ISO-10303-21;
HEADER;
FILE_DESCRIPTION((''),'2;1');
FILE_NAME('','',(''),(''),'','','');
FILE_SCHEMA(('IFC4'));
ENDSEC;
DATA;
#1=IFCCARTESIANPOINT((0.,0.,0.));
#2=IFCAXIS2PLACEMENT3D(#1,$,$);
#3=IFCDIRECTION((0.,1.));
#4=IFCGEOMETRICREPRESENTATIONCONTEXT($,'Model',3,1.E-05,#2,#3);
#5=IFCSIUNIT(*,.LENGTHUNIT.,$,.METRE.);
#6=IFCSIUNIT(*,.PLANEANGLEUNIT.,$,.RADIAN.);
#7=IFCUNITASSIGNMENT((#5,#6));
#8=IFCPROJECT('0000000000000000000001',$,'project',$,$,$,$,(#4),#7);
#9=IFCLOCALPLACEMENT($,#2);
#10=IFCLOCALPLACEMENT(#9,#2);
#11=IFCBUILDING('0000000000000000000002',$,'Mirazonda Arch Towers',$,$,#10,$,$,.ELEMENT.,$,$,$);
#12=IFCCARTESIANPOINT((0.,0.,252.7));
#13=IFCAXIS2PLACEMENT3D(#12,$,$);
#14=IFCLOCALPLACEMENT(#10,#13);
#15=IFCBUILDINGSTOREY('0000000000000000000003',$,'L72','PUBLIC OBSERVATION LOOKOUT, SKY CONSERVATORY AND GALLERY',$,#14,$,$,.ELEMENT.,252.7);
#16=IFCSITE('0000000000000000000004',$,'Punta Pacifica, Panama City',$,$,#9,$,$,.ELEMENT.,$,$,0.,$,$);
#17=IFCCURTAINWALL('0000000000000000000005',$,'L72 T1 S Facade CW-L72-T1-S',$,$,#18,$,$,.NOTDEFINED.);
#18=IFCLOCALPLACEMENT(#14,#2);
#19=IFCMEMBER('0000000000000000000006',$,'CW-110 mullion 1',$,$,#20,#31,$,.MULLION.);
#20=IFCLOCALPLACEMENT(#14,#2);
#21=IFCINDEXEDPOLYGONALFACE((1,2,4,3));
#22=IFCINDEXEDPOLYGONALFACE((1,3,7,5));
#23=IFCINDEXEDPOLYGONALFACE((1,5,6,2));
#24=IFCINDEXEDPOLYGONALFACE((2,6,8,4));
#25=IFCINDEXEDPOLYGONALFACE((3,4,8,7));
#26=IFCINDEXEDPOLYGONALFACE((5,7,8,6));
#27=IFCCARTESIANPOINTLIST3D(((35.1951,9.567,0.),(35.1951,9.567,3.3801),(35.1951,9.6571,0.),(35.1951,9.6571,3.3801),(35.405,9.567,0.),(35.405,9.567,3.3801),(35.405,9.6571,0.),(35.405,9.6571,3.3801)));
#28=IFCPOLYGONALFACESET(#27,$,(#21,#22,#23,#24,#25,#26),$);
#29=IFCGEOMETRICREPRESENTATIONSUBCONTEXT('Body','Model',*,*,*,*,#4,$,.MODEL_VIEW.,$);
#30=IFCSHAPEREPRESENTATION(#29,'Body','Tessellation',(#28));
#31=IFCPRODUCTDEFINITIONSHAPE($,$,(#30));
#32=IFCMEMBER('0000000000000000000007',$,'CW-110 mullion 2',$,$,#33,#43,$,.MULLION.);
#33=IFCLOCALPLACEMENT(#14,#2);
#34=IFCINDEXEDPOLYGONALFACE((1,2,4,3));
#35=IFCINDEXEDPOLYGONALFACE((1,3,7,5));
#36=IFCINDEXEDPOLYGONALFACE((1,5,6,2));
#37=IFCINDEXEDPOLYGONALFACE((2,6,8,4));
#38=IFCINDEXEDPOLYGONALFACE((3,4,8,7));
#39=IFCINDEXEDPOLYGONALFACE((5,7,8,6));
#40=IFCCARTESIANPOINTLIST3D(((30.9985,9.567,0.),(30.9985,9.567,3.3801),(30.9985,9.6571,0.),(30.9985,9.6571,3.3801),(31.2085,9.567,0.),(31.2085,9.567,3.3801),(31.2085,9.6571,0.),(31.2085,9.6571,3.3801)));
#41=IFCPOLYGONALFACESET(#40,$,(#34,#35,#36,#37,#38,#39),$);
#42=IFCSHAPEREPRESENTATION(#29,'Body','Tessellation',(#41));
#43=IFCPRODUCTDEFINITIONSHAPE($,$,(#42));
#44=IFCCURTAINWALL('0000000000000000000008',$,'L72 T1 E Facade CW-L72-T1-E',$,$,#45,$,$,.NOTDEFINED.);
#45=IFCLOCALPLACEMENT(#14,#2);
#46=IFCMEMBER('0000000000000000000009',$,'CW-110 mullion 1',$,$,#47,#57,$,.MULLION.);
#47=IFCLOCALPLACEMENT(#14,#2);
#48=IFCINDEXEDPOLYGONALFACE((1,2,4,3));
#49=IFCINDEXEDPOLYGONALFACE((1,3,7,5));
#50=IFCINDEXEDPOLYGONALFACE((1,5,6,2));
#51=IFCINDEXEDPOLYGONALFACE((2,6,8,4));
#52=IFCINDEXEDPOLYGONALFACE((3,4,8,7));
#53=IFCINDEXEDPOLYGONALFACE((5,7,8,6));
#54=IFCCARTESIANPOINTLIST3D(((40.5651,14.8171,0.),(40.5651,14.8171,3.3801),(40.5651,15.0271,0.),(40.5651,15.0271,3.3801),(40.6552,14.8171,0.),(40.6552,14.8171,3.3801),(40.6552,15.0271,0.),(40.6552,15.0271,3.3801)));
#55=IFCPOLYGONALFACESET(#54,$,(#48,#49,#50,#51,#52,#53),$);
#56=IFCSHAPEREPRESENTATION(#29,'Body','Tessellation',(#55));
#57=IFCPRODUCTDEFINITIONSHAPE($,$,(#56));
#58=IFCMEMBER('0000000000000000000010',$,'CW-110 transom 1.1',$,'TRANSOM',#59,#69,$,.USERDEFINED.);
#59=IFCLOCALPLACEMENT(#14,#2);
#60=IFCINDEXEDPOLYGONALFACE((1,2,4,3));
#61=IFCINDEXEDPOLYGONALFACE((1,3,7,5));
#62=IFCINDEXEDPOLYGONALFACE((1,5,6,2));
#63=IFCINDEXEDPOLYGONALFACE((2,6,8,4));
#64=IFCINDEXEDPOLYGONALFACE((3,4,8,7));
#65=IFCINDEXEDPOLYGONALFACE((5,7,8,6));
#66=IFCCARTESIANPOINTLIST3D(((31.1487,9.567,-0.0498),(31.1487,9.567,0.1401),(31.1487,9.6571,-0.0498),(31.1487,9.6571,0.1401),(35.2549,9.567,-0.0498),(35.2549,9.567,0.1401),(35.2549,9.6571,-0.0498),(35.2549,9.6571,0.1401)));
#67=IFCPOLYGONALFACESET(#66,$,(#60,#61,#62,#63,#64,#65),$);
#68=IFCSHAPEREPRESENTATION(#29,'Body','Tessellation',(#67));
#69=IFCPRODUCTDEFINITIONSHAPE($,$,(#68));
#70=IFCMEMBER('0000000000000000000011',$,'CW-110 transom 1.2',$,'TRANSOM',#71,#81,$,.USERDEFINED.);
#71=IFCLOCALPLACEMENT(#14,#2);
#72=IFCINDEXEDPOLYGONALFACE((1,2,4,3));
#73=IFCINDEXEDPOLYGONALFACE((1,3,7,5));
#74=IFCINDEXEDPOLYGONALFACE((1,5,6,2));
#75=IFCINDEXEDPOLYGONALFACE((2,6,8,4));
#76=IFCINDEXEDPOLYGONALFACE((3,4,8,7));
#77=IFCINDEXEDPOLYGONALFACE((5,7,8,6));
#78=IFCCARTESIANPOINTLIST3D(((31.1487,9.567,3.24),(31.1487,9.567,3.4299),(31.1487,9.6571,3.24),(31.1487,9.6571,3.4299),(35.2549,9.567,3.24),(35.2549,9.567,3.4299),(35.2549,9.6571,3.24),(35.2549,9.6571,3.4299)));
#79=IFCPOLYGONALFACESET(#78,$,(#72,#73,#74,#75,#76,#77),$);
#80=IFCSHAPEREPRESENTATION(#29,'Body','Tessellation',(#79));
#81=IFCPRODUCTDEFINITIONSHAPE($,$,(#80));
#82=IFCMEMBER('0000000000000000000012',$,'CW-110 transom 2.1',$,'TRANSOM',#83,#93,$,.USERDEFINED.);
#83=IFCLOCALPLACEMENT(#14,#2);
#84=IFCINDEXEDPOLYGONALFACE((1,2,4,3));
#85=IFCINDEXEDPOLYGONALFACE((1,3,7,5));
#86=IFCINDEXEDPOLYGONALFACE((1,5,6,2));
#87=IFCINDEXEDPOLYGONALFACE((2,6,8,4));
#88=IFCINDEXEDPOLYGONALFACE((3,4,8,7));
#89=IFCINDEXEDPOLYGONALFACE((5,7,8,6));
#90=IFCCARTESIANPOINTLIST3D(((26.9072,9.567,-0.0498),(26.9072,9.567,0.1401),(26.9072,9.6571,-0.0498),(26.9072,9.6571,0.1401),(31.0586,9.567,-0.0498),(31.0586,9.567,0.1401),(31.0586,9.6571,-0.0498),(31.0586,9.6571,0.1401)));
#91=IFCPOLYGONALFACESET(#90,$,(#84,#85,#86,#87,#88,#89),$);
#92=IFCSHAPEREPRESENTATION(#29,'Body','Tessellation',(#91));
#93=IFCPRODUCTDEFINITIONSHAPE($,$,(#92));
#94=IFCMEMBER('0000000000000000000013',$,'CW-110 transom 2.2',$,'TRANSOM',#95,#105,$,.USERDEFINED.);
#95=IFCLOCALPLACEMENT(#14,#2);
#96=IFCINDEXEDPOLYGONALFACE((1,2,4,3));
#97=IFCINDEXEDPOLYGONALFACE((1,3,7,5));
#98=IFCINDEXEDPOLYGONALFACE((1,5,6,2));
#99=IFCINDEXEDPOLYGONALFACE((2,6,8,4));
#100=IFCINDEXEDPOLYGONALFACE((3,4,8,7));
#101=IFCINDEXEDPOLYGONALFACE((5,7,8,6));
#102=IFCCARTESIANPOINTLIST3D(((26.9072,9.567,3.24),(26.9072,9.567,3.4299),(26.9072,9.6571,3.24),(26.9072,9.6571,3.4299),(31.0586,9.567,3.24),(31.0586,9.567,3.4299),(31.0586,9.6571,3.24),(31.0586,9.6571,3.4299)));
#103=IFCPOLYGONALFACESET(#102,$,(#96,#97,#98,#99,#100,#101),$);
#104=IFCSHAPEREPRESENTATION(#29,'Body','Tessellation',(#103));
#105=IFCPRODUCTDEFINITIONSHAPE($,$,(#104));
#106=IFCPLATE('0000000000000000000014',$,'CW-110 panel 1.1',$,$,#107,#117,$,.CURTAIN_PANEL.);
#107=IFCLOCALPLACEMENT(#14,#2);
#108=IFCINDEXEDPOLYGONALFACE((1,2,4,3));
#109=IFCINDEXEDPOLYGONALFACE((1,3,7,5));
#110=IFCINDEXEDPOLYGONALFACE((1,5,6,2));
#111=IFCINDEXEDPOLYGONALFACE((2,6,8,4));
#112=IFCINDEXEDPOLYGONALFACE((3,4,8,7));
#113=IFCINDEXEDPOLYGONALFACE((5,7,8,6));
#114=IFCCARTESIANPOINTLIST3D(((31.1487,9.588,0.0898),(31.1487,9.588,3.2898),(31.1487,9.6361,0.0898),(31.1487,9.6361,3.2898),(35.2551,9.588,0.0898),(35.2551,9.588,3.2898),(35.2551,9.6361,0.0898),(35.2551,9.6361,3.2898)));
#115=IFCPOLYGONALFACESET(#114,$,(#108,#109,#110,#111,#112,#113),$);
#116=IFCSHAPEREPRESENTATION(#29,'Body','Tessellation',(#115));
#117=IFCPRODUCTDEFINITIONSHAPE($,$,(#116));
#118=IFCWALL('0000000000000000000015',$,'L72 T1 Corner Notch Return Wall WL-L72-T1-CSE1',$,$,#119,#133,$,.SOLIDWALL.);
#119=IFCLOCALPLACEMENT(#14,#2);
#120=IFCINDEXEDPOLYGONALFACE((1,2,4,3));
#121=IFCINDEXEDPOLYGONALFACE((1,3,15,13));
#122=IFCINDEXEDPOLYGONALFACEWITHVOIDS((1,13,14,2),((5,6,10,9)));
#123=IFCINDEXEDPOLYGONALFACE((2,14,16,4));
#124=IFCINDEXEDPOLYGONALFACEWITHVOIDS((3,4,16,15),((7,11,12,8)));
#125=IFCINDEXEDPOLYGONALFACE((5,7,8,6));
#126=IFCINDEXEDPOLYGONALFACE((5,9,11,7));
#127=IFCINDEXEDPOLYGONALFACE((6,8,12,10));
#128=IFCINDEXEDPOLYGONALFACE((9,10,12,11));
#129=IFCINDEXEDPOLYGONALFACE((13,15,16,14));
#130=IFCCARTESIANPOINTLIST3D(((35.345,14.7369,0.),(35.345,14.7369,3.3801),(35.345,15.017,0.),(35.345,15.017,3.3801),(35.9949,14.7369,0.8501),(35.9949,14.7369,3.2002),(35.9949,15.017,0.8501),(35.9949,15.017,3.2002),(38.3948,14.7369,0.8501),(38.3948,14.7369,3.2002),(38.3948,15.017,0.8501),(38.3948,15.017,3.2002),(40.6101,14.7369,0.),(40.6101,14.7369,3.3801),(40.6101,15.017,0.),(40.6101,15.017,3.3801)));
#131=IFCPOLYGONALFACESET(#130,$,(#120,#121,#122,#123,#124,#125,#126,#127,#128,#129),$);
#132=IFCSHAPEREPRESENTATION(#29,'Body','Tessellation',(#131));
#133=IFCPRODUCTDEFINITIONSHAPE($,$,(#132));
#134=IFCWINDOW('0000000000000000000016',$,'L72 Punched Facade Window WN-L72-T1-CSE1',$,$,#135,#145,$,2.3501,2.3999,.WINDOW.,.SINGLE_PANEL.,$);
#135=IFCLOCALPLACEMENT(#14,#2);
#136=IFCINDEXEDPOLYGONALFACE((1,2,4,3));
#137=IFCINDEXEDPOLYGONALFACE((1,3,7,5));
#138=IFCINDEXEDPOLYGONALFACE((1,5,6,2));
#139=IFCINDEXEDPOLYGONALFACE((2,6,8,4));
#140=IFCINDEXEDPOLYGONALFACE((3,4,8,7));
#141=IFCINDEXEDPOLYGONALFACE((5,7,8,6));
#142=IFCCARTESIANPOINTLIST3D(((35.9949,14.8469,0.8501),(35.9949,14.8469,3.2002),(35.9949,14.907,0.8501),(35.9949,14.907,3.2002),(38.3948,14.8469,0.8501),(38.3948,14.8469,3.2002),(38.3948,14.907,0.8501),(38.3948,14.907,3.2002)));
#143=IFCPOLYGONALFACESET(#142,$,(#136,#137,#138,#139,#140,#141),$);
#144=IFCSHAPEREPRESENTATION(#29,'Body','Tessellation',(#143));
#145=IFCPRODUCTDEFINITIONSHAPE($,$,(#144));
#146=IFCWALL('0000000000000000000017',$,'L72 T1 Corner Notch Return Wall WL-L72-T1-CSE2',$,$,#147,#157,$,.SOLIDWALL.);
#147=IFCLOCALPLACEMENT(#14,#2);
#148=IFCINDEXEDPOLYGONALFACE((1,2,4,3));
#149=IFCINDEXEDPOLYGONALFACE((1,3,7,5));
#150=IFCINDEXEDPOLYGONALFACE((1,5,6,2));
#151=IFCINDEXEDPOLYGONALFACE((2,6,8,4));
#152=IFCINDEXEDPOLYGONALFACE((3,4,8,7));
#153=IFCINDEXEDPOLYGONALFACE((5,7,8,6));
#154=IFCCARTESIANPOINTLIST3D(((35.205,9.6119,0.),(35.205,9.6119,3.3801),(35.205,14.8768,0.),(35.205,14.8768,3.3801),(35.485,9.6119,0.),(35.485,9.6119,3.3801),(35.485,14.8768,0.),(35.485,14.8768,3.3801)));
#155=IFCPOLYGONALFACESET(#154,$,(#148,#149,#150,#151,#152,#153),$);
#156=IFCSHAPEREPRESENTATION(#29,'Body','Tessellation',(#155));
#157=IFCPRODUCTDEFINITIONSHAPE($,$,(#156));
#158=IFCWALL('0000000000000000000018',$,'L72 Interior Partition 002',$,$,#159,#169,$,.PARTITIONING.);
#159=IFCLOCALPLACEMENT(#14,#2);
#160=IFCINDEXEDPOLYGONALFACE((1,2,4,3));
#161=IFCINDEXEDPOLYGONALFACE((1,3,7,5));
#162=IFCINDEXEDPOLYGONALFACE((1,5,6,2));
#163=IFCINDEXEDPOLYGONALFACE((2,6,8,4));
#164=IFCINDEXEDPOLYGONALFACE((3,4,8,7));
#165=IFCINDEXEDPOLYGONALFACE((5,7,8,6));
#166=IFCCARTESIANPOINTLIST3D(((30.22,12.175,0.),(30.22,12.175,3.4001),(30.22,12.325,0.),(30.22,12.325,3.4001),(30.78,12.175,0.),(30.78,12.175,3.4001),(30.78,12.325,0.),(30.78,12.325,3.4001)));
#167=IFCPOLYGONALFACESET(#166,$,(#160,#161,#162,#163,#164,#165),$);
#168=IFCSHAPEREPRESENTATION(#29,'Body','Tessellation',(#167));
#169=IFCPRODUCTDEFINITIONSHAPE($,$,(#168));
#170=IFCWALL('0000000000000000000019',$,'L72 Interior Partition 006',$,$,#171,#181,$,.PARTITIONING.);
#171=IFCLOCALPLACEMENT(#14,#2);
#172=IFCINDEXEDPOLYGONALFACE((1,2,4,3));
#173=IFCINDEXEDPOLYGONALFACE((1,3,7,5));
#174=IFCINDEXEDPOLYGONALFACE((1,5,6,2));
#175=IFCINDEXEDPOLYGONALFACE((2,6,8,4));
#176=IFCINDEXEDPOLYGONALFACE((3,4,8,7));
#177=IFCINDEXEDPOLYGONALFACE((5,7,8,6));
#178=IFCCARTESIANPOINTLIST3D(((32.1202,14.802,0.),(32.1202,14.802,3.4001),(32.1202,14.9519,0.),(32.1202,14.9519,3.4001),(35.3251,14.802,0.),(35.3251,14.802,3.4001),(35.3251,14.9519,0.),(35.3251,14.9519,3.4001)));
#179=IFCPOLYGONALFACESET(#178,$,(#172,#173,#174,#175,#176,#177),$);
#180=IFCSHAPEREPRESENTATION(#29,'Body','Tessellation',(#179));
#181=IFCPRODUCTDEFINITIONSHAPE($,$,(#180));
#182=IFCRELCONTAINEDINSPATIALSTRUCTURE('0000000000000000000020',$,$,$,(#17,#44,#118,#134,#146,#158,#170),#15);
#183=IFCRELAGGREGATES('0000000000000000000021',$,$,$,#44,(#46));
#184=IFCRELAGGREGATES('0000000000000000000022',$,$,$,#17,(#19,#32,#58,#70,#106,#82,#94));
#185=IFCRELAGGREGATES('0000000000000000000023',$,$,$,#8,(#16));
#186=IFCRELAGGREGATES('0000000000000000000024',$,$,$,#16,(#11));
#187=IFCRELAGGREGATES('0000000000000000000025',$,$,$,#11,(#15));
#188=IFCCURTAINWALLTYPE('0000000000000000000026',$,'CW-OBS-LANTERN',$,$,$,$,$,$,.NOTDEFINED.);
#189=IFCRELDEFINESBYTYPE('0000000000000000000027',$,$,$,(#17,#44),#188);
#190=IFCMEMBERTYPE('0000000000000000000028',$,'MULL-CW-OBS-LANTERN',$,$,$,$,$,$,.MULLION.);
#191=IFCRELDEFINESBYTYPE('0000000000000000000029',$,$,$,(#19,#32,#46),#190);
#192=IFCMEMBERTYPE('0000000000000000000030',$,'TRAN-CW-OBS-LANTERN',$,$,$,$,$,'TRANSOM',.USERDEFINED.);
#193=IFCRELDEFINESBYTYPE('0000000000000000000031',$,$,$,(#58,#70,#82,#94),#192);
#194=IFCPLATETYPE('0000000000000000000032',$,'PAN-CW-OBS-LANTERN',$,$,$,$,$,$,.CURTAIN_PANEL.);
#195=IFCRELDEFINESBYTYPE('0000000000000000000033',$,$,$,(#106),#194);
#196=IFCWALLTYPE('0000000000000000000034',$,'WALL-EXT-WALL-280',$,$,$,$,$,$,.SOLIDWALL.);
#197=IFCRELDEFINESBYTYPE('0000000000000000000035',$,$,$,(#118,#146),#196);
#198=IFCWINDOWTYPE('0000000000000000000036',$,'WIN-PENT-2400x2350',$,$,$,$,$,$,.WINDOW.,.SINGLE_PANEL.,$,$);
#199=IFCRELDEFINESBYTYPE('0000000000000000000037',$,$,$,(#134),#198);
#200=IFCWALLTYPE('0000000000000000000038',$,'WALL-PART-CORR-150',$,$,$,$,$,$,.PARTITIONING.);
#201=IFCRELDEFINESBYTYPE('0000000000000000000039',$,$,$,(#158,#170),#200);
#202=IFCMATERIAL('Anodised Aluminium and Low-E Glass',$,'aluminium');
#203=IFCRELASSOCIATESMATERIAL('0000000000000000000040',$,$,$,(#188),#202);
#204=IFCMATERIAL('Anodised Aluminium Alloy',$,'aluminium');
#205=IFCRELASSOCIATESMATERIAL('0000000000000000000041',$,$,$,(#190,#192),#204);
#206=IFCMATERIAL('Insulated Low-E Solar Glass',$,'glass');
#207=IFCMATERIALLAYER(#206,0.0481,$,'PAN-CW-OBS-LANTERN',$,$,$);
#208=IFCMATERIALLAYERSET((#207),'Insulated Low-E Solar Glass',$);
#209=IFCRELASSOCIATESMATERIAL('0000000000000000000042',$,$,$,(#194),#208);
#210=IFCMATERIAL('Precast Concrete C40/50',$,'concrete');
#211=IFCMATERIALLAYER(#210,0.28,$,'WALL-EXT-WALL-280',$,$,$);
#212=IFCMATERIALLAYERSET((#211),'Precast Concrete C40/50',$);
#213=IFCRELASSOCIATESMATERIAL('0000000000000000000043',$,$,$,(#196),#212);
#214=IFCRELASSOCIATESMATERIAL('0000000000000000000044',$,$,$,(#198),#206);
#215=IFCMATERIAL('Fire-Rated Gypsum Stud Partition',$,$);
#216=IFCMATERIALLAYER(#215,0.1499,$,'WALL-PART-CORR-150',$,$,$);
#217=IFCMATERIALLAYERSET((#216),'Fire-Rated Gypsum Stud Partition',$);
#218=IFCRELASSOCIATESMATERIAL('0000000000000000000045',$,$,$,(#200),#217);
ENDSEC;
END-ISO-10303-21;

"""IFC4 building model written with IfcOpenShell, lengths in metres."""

from ifc_helpers import new_model, si_unit, direction, frame, frame_2d, origin, origin_2d, place, context, subcontext, project, spatial, rectangle, extrude, material, layer, layer_set, material_profile, profile_set, type_object, element, fill, aggregate, save


model = new_model("IFC4")

# Units and contexts
model_context = context("Model", 3, precision=1e-05, world=origin(), true_north=direction((0.0, 1.0)))
body_context = subcontext(model_context, "Body", "Model", "MODEL_VIEW")
ifc_project = project(units=[si_unit("LENGTHUNIT", "METRE"), si_unit("PLANEANGLEUNIT", "RADIAN")], contexts=[model_context])

# Site, building, storey
site_placement = place(None, origin())
site = spatial("IfcSite", under=ifc_project, at=site_placement, Name="Punta Pacifica, Panama City", CompositionType="ELEMENT", RefElevation=0.0)
building_placement = place(site_placement, origin())
building = spatial("IfcBuilding", under=site, at=building_placement, Name="Mirazonda Arch Towers", CompositionType="ELEMENT")
storey_placement = place(building_placement, frame((0.0, 0.0, 252.7)))
storey = spatial("IfcBuildingStorey", under=building, at=storey_placement, Name="L72", Description="PUBLIC OBSERVATION LOOKOUT, SKY CONSERVATORY AND GALLERY", CompositionType="ELEMENT", Elevation=252.7)

# Curtain wall, members
ifc_material_1 = material(Name="Anodised Aluminium and Low-E Glass", Category="aluminium")
curtain_wall_type = type_object("IfcCurtainWallType", Name="CW-OBS-LANTERN", PredefinedType="NOTDEFINED", material=ifc_material_1)
curtain_wall_1_placement = place(storey_placement, origin())
curtain_wall_1 = element("IfcCurtainWall", 1, at=curtain_wall_1_placement, inside=storey, type_object=curtain_wall_type, Name="L72 T1 S Facade CW-L72-T1-S", PredefinedType="NOTDEFINED")
ifc_material_2 = material(Name="Anodised Aluminium Alloy", Category="aluminium")
ifc_material_profile_1 = material_profile(ifc_material_2, rectangle(XDim=0.0901, YDim=0.21, at=origin_2d()), Name="ALU-MULL-90x210")
ifc_profile_set_1 = profile_set([ifc_material_profile_1], Name="Anodised Aluminium Alloy")
member_type_1 = type_object("IfcMemberType", Name="MULL-CW-OBS-LANTERN", PredefinedType="MULLION", material=ifc_profile_set_1)
member_1_placement = place(storey_placement, frame((35.3, 9.6121, 0.0), z_axis=(0.0, 0.0, 1.0), x_axis=(0.0, -1.0, 0.0)))
member_1 = element("IfcMember", 2, at=member_1_placement, type_object=member_type_1, Name="CW-110 mullion 1", PredefinedType="MULLION", context=body_context, shape_type="SweptSolid", body=[
    extrude(rectangle(XDim=0.0901, YDim=0.21, at=origin_2d()), origin(), (0.0, 0.0, 1.0), 3.3801),
])
member_2_placement = place(storey_placement, frame((31.1035, 9.6121, 0.0), z_axis=(0.0, 0.0, 1.0), x_axis=(0.0, -1.0, 0.0)))
member_2 = element("IfcMember", 3, at=member_2_placement, type_object=member_type_1, Name="CW-110 mullion 2", PredefinedType="MULLION", context=body_context, shape_type="SweptSolid", body=[
    extrude(rectangle(XDim=0.0901, YDim=0.21, at=origin_2d()), origin(), (0.0, 0.0, 1.0), 3.3801),
])

# Curtain wall, member
curtain_wall_2_placement = place(storey_placement, origin())
curtain_wall_2 = element("IfcCurtainWall", 4, at=curtain_wall_2_placement, inside=storey, type_object=curtain_wall_type, Name="L72 T1 E Facade CW-L72-T1-E", PredefinedType="NOTDEFINED")
member_3_placement = place(storey_placement, frame((40.6101, 14.9221, 0.0), z_axis=(0.0, 0.0, 1.0), x_axis=(-1.0, 0.0, 0.0)))
member_3 = element("IfcMember", 5, at=member_3_placement, type_object=member_type_1, Name="CW-110 mullion 1", PredefinedType="MULLION", context=body_context, shape_type="SweptSolid", body=[
    extrude(rectangle(XDim=0.0901, YDim=0.21, at=origin_2d()), origin(), (0.0, 0.0, 1.0), 3.3801),
])
aggregate(curtain_wall_2, [member_3])

# Members
ifc_material_profile_2 = material_profile(ifc_material_2, rectangle(XDim=0.0901, YDim=0.1899, at=origin_2d()), Name="ALU-TRAN-90x190")
ifc_profile_set_2 = profile_set([ifc_material_profile_2], Name="Anodised Aluminium Alloy")
member_type_2 = type_object("IfcMemberType", Name="TRAN-CW-OBS-LANTERN", ElementType="TRANSOM", PredefinedType="USERDEFINED", material=ifc_profile_set_2)
member_4_placement = place(storey_placement, frame((35.2549, 9.6121, 0.0452), z_axis=(-1.0, 0.0, 0.0), x_axis=(0.0, -1.0, 0.0)))
member_4 = element("IfcMember", 6, at=member_4_placement, type_object=member_type_2, Name="CW-110 transom 1.1", ObjectType="TRANSOM", PredefinedType="USERDEFINED", context=body_context, shape_type="SweptSolid", body=[
    extrude(rectangle(XDim=0.0901, YDim=0.1899, at=origin_2d()), origin(), (0.0, 0.0, 1.0), 4.1062),
])
member_5_placement = place(storey_placement, frame((35.2549, 9.6121, 3.335), z_axis=(-1.0, 0.0, 0.0), x_axis=(0.0, -1.0, 0.0)))
member_5 = element("IfcMember", 7, at=member_5_placement, type_object=member_type_2, Name="CW-110 transom 1.2", ObjectType="TRANSOM", PredefinedType="USERDEFINED", context=body_context, shape_type="SweptSolid", body=[
    extrude(rectangle(XDim=0.0901, YDim=0.1899, at=origin_2d()), origin(), (0.0, 0.0, 1.0), 4.1062),
])
member_6_placement = place(storey_placement, frame((31.0586, 9.6121, 0.0452), z_axis=(-1.0, 0.0, 0.0), x_axis=(0.0, -1.0, 0.0)))
member_6 = element("IfcMember", 8, at=member_6_placement, type_object=member_type_2, Name="CW-110 transom 2.1", ObjectType="TRANSOM", PredefinedType="USERDEFINED", context=body_context, shape_type="SweptSolid", body=[
    extrude(rectangle(XDim=0.0901, YDim=0.1899, at=origin_2d()), origin(), (0.0, 0.0, 1.0), 4.1514),
])
member_7_placement = place(storey_placement, frame((31.0586, 9.6121, 3.335), z_axis=(-1.0, 0.0, 0.0), x_axis=(0.0, -1.0, 0.0)))
member_7 = element("IfcMember", 9, at=member_7_placement, type_object=member_type_2, Name="CW-110 transom 2.2", ObjectType="TRANSOM", PredefinedType="USERDEFINED", context=body_context, shape_type="SweptSolid", body=[
    extrude(rectangle(XDim=0.0901, YDim=0.1899, at=origin_2d()), origin(), (0.0, 0.0, 1.0), 4.1514),
])

# Plate
ifc_material_3 = material(Name="Insulated Low-E Solar Glass", Category="glass")
ifc_layer_1 = layer(ifc_material_3, 0.0481, Name="PAN-CW-OBS-LANTERN")
ifc_layer_set_1 = layer_set([ifc_layer_1], Name="Insulated Low-E Solar Glass")
plate_type = type_object("IfcPlateType", Name="PAN-CW-OBS-LANTERN", PredefinedType="CURTAIN_PANEL", material=ifc_layer_set_1)
plate_placement = place(storey_placement, frame((33.2019, 9.6121, 0.0898), z_axis=(0.0, 0.0, 1.0), x_axis=(-1.0, 0.0, 0.0)))
plate = element("IfcPlate", 10, at=plate_placement, type_object=plate_type, Name="CW-110 panel 1.1", PredefinedType="CURTAIN_PANEL", context=body_context, shape_type="SweptSolid", body=[
    extrude(rectangle(XDim=4.1064, YDim=0.0481, at=origin_2d()), origin(), (0.0, 0.0, 1.0), 3.2),
])
aggregate(curtain_wall_1, [member_1, member_2, member_4, member_5, plate, member_6, member_7])

# Wall, opening, window
ifc_material_4 = material(Name="Precast Concrete C40/50", Category="concrete")
ifc_layer_2 = layer(ifc_material_4, 0.28, Name="WALL-EXT-WALL-280")
ifc_layer_set_2 = layer_set([ifc_layer_2], Name="Precast Concrete C40/50")
wall_type_1 = type_object("IfcWallType", Name="WALL-EXT-WALL-280", PredefinedType="SOLIDWALL", material=ifc_layer_set_2)
wall_1_placement = place(storey_placement, frame((35.345, 14.877, 0.0), z_axis=(0.0, 0.0, 1.0), x_axis=(1.0, 0.0, 0.0)))
wall_1 = element("IfcWall", 11, at=wall_1_placement, inside=storey, type_object=wall_type_1, Name="L72 T1 Corner Notch Return Wall WL-L72-T1-CSE1", PredefinedType="SOLIDWALL", context=body_context, shape_type="SweptSolid", body=[
    extrude(rectangle(XDim=5.2651, YDim=0.28, at=frame_2d((2.6326, 0.0))), origin(), (0.0, 0.0, 1.0), 3.3801),
])
opening_1_placement = place(wall_1_placement, frame((0.6499, 0.0, 0.8501)))
opening_1 = element("IfcOpeningElement", 12, at=opening_1_placement, cuts=wall_1, PredefinedType="OPENING", context=body_context, shape_type="SweptSolid", body=[
    extrude(rectangle(XDim=2.3999, YDim=2.3501, at=frame_2d((1.2, 1.175))), frame((0.0, 0.1499, 0.0), z_axis=(0.0, -1.0, 0.0), x_axis=(1.0, 0.0, 0.0)), (0.0, 0.0, 1.0), 0.3),
])
window_type = type_object("IfcWindowType", Name="WIN-PENT-2400x2350", PartitioningType="SINGLE_PANEL", PredefinedType="WINDOW", material=ifc_material_3)
window_placement = place(opening_1_placement, origin())
window = element("IfcWindow", 13, at=window_placement, inside=storey, type_object=window_type, Name="L72 Punched Facade Window WN-L72-T1-CSE1", OverallHeight=2.3501, OverallWidth=2.3999, PartitioningType="SINGLE_PANEL", PredefinedType="WINDOW", context=body_context, shape_type="SweptSolid", body=[
    extrude(rectangle(XDim=2.3999, YDim=2.3501, at=frame_2d((1.2, 1.175))), frame((0.0, 0.03, 0.0), z_axis=(0.0, -1.0, 0.0), x_axis=(1.0, 0.0, 0.0)), (0.0, 0.0, 1.0), 0.0601),
])
fill(opening_1, window)

# Walls
wall_2_placement = place(storey_placement, frame((35.345, 9.6121, 0.0), z_axis=(0.0, 0.0, 1.0), x_axis=(0.0, 1.0, 0.0)))
element("IfcWall", 14, at=wall_2_placement, inside=storey, type_object=wall_type_1, Name="L72 T1 Corner Notch Return Wall WL-L72-T1-CSE2", PredefinedType="SOLIDWALL", context=body_context, shape_type="SweptSolid", body=[
    extrude(rectangle(XDim=5.2649, YDim=0.28, at=frame_2d((2.6323, 0.0))), origin(), (0.0, 0.0, 1.0), 3.3801),
])
ifc_material_5 = material(Name="Fire-Rated Gypsum Stud Partition")
ifc_layer_3 = layer(ifc_material_5, 0.1499, Name="WALL-PART-CORR-150")
ifc_layer_set_3 = layer_set([ifc_layer_3], Name="Fire-Rated Gypsum Stud Partition")
wall_type_2 = type_object("IfcWallType", Name="WALL-PART-CORR-150", PredefinedType="PARTITIONING", material=ifc_layer_set_3)
wall_3_placement = place(storey_placement, frame((30.22, 12.25, 0.0), z_axis=(0.0, 0.0, 1.0), x_axis=(1.0, 0.0, 0.0)))
element("IfcWall", 15, at=wall_3_placement, inside=storey, type_object=wall_type_2, Name="L72 Interior Partition 002", PredefinedType="PARTITIONING", context=body_context, shape_type="SweptSolid", body=[
    extrude(rectangle(XDim=0.5601, YDim=0.1499, at=frame_2d((0.28, 0.0))), origin(), (0.0, 0.0, 1.0), 3.4001),
])
wall_4_placement = place(storey_placement, frame((32.1201, 14.877, 0.0), z_axis=(0.0, 0.0, 1.0), x_axis=(1.0, 0.0, 0.0)))
element("IfcWall", 16, at=wall_4_placement, inside=storey, type_object=wall_type_2, Name="L72 Interior Partition 006", PredefinedType="PARTITIONING", context=body_context, shape_type="SweptSolid", body=[
    extrude(rectangle(XDim=3.2048, YDim=0.1499, at=frame_2d((1.6025, 0.0))), origin(), (0.0, 0.0, 1.0), 3.4001),
])

save(model, "model.ifc")
